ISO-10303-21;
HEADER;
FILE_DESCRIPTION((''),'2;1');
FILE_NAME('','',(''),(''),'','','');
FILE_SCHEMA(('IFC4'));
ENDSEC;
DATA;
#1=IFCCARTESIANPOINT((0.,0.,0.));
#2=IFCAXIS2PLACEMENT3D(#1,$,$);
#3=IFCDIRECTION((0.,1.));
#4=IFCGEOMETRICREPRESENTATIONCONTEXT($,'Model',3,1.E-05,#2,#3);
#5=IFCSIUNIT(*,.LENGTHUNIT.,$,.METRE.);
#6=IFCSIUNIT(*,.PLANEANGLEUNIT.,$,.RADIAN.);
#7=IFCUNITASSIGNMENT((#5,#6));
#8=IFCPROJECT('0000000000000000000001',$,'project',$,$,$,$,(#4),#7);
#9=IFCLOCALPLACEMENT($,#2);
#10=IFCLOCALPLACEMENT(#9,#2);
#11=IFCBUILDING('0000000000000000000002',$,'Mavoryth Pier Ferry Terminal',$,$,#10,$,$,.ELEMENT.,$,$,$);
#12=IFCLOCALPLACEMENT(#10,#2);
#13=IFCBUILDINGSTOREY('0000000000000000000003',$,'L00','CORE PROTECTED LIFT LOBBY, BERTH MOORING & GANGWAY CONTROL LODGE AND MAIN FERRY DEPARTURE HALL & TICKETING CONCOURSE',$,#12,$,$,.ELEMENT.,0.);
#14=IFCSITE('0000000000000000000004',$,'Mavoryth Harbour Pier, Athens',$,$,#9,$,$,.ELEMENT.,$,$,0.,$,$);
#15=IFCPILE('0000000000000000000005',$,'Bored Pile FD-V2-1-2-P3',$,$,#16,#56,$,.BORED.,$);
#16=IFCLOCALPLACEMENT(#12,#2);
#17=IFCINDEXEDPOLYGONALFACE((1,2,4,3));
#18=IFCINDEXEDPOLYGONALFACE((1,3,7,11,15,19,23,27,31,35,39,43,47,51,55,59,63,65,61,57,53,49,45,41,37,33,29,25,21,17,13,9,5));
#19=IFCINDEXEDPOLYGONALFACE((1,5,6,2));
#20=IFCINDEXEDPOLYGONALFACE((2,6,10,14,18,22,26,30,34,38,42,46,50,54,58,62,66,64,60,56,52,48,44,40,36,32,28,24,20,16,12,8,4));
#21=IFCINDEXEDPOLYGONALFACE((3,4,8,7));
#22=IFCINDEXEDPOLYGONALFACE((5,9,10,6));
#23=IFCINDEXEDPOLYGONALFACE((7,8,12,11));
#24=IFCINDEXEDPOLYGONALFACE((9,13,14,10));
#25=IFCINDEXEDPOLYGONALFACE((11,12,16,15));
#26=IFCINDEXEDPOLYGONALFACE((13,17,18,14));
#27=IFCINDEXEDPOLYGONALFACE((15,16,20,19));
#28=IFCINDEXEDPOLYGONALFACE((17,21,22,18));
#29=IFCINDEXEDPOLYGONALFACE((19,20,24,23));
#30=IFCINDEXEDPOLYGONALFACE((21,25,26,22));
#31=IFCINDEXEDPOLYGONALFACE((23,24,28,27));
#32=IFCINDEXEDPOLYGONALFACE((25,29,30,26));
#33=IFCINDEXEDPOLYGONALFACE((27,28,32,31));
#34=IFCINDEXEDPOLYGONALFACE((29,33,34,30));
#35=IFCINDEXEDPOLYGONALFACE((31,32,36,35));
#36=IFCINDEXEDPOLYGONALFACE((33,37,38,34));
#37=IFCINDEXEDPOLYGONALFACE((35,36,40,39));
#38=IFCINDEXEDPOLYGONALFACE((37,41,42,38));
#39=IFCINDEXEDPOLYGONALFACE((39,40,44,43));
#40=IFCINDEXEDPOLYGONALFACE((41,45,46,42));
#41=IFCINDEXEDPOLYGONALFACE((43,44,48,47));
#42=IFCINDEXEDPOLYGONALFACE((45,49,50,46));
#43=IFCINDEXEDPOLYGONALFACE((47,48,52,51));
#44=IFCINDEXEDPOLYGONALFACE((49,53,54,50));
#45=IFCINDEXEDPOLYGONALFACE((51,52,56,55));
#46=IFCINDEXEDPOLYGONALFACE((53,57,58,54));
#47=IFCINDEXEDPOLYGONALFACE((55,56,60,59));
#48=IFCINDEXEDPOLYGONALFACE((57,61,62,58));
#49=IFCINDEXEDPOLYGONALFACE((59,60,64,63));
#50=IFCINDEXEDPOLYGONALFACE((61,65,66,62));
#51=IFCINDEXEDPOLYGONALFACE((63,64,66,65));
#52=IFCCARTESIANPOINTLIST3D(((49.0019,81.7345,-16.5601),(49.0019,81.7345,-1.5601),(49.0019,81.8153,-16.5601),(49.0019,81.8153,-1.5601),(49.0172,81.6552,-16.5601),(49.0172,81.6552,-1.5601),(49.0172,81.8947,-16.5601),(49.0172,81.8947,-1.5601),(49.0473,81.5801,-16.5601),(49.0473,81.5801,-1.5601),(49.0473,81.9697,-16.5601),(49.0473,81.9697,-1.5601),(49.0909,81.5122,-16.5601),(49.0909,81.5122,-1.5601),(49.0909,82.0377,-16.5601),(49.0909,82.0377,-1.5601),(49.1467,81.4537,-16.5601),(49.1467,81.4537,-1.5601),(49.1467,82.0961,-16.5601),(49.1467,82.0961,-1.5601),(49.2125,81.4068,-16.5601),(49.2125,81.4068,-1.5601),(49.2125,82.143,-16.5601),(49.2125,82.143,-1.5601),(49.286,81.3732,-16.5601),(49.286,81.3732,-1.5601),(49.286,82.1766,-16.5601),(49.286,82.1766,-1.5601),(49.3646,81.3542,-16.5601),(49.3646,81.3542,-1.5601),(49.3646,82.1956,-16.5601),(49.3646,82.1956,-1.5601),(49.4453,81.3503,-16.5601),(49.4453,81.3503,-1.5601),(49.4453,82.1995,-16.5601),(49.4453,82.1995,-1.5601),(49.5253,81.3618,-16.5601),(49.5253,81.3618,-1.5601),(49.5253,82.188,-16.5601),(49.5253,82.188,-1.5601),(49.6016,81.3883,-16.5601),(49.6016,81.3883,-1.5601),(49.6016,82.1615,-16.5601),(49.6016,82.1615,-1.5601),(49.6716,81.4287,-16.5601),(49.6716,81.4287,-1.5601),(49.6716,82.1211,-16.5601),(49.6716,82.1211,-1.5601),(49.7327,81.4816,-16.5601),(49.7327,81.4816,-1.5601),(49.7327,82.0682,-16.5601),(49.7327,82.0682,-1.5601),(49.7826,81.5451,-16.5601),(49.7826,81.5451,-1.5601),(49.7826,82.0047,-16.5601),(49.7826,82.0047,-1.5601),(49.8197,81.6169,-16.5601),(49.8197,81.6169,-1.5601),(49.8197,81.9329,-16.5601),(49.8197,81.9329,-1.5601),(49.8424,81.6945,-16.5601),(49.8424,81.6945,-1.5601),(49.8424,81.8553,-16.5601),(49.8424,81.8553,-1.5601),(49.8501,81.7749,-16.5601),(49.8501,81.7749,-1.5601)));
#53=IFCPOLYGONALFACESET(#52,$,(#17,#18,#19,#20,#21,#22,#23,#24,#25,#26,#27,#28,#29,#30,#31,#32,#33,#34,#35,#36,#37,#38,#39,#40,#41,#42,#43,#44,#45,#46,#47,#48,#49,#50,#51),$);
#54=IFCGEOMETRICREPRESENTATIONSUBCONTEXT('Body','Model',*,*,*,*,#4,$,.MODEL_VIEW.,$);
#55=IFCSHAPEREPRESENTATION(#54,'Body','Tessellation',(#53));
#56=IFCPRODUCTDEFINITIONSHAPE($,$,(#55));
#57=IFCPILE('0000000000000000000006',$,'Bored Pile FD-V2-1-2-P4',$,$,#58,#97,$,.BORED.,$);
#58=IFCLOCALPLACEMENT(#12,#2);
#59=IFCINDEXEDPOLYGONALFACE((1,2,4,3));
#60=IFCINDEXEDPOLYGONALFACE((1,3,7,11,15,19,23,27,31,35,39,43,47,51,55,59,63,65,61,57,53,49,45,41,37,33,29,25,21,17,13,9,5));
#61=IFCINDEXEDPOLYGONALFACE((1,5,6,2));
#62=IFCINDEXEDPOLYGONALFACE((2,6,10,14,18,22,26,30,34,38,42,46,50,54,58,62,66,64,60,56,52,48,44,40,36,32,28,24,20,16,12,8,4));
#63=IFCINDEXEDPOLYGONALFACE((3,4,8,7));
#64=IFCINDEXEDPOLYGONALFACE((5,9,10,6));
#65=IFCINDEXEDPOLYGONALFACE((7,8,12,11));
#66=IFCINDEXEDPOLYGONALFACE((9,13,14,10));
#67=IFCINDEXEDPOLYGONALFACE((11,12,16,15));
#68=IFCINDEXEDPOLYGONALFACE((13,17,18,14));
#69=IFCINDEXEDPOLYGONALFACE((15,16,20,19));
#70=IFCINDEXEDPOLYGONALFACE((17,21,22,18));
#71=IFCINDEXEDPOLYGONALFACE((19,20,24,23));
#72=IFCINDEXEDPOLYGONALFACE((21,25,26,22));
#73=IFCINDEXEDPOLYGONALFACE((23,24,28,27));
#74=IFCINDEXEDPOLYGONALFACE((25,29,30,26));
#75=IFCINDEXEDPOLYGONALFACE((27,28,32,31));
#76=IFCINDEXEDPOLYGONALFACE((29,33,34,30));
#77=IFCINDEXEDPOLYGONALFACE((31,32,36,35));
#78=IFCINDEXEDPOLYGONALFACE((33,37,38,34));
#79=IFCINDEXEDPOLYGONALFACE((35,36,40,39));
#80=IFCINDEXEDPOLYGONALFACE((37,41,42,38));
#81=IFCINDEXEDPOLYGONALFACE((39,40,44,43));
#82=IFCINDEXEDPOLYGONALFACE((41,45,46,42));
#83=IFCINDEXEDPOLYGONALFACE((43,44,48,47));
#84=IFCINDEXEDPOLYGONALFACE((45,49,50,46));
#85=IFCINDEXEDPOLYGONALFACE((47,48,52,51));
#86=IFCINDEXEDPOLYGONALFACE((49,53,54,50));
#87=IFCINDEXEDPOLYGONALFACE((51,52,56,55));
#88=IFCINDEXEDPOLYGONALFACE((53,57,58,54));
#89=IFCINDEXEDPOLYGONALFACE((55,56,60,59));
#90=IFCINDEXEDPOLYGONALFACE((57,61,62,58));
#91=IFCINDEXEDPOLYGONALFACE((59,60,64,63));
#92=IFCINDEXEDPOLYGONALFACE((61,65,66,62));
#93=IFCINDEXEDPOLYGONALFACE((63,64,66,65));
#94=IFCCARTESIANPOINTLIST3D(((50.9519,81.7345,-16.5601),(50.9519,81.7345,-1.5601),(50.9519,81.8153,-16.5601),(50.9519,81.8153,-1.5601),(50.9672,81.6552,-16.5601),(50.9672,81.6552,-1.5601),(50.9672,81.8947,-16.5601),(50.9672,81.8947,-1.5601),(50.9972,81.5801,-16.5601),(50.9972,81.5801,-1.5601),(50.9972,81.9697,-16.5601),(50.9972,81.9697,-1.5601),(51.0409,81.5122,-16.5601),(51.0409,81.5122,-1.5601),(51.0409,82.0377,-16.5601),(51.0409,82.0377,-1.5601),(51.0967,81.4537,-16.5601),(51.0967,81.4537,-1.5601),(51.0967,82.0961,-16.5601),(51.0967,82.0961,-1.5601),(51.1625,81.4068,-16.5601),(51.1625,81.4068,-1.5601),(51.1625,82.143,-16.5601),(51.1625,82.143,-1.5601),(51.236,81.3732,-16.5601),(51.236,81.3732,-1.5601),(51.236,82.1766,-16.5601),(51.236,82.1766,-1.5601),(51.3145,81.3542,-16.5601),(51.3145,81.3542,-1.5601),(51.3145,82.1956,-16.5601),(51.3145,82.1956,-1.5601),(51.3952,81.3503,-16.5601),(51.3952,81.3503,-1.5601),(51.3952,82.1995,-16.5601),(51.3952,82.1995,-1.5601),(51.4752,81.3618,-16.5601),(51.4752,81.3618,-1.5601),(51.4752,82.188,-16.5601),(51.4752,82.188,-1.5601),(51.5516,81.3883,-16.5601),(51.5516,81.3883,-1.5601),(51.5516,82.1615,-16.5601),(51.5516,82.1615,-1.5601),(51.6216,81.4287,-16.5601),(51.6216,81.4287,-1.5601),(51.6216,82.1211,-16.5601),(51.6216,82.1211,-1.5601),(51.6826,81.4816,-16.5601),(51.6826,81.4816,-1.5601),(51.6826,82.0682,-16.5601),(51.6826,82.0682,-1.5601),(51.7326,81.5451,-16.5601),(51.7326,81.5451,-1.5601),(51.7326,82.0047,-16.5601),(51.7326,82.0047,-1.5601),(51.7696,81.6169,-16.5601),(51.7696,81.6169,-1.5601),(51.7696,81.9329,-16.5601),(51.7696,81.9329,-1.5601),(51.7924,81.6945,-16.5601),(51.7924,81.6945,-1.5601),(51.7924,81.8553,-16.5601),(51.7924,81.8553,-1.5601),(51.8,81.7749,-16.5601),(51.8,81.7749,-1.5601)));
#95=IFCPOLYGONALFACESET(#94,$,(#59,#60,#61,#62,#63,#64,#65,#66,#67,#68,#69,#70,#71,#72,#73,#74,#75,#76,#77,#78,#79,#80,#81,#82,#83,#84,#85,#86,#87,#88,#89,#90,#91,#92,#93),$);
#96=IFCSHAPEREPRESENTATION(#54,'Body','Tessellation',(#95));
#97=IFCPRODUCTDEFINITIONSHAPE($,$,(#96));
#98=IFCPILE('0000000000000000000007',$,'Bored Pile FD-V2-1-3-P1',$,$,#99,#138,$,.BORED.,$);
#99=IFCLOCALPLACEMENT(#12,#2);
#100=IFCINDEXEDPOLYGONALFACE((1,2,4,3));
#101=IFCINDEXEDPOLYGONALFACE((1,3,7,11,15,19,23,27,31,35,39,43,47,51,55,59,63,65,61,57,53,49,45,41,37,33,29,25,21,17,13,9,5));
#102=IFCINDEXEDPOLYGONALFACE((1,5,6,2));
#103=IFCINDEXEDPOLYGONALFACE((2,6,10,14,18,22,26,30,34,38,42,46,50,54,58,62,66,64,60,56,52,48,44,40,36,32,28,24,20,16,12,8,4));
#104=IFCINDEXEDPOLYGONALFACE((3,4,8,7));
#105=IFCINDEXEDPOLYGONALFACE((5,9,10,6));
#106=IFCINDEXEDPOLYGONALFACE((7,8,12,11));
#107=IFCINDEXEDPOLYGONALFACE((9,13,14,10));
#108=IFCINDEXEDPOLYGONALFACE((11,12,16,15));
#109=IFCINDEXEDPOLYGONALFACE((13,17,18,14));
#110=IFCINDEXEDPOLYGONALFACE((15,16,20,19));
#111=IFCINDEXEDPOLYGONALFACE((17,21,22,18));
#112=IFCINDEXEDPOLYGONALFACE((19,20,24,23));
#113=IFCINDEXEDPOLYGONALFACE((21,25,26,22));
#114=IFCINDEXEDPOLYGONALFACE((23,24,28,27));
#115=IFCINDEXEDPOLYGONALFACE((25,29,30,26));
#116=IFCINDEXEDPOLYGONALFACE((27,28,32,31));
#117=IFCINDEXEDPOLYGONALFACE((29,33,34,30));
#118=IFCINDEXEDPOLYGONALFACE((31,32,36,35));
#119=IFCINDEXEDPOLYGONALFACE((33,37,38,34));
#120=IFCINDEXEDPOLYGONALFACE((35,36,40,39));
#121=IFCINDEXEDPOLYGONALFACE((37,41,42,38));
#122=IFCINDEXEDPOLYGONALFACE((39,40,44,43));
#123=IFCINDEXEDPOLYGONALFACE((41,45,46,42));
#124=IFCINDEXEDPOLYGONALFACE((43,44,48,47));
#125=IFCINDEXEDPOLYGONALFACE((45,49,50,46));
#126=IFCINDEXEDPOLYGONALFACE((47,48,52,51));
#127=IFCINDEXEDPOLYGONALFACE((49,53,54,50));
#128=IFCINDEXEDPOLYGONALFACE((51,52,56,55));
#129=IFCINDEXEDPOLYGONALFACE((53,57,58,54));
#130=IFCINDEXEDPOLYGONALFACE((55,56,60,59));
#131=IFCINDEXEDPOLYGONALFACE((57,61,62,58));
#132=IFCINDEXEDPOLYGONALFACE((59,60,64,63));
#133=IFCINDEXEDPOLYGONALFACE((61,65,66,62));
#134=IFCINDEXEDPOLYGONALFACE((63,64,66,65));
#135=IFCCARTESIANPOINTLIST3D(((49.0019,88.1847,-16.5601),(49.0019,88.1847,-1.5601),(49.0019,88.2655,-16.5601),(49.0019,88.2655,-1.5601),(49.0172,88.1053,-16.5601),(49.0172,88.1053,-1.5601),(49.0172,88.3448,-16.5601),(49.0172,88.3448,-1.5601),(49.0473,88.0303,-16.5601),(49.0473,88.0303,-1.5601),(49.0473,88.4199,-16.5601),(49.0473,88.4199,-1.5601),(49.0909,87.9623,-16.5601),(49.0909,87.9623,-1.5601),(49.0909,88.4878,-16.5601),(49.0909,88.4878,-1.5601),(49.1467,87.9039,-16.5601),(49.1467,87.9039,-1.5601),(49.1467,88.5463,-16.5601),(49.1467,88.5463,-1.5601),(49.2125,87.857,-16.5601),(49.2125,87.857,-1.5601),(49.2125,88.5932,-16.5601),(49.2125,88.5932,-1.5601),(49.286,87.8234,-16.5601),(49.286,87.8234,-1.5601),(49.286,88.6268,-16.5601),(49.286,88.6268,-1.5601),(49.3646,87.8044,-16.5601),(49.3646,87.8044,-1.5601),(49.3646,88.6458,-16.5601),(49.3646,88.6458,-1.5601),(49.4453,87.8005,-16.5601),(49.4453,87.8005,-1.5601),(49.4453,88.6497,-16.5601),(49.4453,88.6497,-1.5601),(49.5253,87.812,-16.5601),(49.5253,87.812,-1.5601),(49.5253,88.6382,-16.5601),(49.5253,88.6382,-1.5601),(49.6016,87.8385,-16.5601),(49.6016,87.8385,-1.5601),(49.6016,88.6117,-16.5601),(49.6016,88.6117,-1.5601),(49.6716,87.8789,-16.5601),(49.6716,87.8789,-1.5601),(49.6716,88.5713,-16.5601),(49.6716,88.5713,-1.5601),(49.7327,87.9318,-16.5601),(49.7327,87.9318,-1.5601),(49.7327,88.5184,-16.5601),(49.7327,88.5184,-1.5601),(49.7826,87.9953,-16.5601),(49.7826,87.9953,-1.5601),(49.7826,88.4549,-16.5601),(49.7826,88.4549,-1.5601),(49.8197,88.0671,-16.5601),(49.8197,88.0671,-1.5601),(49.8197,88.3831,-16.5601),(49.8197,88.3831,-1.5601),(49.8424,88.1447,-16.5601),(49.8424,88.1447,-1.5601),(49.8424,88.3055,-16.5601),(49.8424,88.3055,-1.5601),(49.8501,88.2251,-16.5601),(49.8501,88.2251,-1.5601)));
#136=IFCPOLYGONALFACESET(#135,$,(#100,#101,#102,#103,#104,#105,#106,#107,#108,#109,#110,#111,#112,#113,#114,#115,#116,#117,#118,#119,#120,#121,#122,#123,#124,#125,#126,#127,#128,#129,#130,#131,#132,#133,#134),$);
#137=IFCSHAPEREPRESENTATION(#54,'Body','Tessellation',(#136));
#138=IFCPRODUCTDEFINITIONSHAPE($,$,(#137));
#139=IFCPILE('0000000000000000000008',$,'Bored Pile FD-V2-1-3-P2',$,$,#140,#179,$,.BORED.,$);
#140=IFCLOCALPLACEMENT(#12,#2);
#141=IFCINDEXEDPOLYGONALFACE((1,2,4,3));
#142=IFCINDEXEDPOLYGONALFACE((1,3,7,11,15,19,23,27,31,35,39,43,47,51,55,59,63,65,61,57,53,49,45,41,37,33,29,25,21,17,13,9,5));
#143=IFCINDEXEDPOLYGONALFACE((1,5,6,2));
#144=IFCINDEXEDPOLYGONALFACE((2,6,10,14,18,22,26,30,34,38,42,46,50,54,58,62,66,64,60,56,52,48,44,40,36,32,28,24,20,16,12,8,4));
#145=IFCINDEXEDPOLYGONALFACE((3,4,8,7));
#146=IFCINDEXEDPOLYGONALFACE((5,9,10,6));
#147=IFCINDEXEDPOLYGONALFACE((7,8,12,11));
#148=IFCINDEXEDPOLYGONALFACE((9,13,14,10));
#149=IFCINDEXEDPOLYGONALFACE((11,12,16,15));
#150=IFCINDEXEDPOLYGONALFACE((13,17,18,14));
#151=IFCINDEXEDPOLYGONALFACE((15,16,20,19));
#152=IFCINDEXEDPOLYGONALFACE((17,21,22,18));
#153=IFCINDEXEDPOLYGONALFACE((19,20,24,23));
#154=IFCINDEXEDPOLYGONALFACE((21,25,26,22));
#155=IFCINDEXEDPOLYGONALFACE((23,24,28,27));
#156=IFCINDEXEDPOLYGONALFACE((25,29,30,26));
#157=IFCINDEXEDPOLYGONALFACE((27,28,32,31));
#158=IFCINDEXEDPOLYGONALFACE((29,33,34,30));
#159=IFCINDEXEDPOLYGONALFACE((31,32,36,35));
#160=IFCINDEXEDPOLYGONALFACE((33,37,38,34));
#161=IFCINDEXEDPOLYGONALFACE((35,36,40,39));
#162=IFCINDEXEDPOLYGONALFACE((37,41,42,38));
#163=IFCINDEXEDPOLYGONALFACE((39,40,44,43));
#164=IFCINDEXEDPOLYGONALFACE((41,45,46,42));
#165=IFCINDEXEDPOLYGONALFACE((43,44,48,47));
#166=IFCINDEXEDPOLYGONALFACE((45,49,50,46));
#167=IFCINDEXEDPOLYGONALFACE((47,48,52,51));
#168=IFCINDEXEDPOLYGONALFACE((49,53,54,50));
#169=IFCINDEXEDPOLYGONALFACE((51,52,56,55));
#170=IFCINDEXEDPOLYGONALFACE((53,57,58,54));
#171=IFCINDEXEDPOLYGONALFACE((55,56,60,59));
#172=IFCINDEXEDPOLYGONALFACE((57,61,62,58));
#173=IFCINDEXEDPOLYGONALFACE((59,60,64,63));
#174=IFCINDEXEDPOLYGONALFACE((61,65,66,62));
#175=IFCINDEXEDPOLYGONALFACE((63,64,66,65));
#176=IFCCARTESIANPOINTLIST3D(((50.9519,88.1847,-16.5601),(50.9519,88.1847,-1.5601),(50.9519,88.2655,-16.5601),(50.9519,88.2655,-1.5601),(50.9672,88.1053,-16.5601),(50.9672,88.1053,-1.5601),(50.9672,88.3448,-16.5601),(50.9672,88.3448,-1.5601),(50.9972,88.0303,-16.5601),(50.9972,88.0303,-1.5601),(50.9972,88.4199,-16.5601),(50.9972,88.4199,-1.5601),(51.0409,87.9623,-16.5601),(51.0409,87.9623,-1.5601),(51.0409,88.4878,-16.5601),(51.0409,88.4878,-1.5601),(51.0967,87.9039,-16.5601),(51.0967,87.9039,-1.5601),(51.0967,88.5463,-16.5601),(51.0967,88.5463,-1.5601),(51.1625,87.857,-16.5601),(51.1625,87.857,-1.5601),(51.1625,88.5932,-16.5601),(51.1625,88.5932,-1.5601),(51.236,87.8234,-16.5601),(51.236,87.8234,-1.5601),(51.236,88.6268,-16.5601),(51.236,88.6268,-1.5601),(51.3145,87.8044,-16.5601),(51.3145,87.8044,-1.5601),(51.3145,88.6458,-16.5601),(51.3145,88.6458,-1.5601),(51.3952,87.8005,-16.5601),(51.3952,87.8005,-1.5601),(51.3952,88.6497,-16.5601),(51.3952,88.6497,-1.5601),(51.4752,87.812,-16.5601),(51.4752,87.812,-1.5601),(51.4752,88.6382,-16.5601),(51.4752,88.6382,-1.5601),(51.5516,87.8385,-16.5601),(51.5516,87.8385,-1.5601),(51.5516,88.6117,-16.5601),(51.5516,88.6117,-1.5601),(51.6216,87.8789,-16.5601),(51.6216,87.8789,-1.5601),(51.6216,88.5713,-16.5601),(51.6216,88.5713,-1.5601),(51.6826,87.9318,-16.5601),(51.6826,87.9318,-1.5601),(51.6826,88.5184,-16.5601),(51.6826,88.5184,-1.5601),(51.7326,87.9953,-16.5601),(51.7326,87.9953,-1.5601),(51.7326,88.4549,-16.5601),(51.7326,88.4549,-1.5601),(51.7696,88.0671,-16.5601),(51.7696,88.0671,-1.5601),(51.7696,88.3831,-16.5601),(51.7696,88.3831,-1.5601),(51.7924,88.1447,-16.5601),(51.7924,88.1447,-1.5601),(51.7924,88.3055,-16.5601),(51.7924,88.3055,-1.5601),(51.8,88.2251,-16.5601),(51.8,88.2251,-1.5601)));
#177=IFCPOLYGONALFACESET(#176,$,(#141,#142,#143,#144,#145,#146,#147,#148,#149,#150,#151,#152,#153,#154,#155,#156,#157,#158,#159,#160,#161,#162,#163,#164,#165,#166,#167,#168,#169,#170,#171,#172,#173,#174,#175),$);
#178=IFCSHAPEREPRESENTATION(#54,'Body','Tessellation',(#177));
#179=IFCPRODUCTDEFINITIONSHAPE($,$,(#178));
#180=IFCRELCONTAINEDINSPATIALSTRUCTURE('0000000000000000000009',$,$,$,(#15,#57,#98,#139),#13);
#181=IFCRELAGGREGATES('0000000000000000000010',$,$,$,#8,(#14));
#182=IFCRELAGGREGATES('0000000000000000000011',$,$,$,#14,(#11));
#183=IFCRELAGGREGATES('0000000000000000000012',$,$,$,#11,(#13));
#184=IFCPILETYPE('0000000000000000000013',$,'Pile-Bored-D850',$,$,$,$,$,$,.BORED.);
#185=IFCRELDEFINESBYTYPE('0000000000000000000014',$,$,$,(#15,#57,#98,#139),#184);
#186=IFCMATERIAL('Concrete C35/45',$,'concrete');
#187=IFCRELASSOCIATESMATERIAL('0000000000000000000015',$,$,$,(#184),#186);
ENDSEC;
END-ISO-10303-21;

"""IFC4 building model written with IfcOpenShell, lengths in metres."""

from ifc_helpers import new_model, si_unit, direction, frame, origin, origin_2d, place, context, subcontext, project, spatial, circle, extrude, material, material_profile, profile_set, type_object, element, save


model = new_model("IFC4")

# Units and contexts
model_context = context("Model", 3, precision=1e-05, world=origin(), true_north=direction((0.0, 1.0)))
body_context = subcontext(model_context, "Body", "Model", "MODEL_VIEW")
ifc_project = project(units=[si_unit("LENGTHUNIT", "METRE"), si_unit("PLANEANGLEUNIT", "RADIAN")], contexts=[model_context])

# Site, building, storey
site_placement = place(None, origin())
site = spatial("IfcSite", under=ifc_project, at=site_placement, Name="Mavoryth Harbour Pier, Athens", CompositionType="ELEMENT", RefElevation=0.0)
building_placement = place(site_placement, origin())
building = spatial("IfcBuilding", under=site, at=building_placement, Name="Mavoryth Pier Ferry Terminal", CompositionType="ELEMENT")
storey_placement = place(building_placement, origin())
storey = spatial("IfcBuildingStorey", under=building, at=storey_placement, Name="L00", Description="CORE PROTECTED LIFT LOBBY, BERTH MOORING & GANGWAY CONTROL LODGE AND MAIN FERRY DEPARTURE HALL & TICKETING CONCOURSE", CompositionType="ELEMENT", Elevation=0.0)

# Shared definitions
ifc_material_1 = material(Name="Concrete C35/45", Category="concrete")

# Piles
ifc_material_profile_1 = material_profile(ifc_material_1, circle(Radius=0.425, at=origin_2d()), Name="PILE D850", Category="concrete")
ifc_profile_set_1 = profile_set([ifc_material_profile_1], Name="Concrete C35/45 - PILE D850")
pile_type = type_object("IfcPileType", Name="Pile-Bored-D850", PredefinedType="BORED", material=ifc_profile_set_1)
for number, where, z_axis, x_axis, name in (
    (1, (49.425, 81.7749, -1.5601), (0.0, 0.0, -1.0), (1.0, 0.0, 0.0), "Bored Pile FD-V2-1-2-P3"),
    (2, (51.375, 81.7749, -1.5601), (0.0, 0.0, -1.0), (1.0, 0.0, 0.0), "Bored Pile FD-V2-1-2-P4"),
    (3, (49.425, 88.2251, -1.5601), (0.0, 0.0, -1.0), (1.0, 0.0, 0.0), "Bored Pile FD-V2-1-3-P1"),
    (4, (51.375, 88.2251, -1.5601), (0.0, 0.0, -1.0), (1.0, 0.0, 0.0), "Bored Pile FD-V2-1-3-P2"),
):
    element("IfcPile", number, at=place(storey_placement, frame(where, z_axis=z_axis, x_axis=x_axis)), inside=storey, type_object=pile_type, Name=name, PredefinedType="BORED", context=body_context, shape_type="SweptSolid", body=[
        extrude(circle(Radius=0.425, at=origin_2d()), origin(), (0.0, 0.0, 1.0), 15.0),
    ])

save(model, "model.ifc")
